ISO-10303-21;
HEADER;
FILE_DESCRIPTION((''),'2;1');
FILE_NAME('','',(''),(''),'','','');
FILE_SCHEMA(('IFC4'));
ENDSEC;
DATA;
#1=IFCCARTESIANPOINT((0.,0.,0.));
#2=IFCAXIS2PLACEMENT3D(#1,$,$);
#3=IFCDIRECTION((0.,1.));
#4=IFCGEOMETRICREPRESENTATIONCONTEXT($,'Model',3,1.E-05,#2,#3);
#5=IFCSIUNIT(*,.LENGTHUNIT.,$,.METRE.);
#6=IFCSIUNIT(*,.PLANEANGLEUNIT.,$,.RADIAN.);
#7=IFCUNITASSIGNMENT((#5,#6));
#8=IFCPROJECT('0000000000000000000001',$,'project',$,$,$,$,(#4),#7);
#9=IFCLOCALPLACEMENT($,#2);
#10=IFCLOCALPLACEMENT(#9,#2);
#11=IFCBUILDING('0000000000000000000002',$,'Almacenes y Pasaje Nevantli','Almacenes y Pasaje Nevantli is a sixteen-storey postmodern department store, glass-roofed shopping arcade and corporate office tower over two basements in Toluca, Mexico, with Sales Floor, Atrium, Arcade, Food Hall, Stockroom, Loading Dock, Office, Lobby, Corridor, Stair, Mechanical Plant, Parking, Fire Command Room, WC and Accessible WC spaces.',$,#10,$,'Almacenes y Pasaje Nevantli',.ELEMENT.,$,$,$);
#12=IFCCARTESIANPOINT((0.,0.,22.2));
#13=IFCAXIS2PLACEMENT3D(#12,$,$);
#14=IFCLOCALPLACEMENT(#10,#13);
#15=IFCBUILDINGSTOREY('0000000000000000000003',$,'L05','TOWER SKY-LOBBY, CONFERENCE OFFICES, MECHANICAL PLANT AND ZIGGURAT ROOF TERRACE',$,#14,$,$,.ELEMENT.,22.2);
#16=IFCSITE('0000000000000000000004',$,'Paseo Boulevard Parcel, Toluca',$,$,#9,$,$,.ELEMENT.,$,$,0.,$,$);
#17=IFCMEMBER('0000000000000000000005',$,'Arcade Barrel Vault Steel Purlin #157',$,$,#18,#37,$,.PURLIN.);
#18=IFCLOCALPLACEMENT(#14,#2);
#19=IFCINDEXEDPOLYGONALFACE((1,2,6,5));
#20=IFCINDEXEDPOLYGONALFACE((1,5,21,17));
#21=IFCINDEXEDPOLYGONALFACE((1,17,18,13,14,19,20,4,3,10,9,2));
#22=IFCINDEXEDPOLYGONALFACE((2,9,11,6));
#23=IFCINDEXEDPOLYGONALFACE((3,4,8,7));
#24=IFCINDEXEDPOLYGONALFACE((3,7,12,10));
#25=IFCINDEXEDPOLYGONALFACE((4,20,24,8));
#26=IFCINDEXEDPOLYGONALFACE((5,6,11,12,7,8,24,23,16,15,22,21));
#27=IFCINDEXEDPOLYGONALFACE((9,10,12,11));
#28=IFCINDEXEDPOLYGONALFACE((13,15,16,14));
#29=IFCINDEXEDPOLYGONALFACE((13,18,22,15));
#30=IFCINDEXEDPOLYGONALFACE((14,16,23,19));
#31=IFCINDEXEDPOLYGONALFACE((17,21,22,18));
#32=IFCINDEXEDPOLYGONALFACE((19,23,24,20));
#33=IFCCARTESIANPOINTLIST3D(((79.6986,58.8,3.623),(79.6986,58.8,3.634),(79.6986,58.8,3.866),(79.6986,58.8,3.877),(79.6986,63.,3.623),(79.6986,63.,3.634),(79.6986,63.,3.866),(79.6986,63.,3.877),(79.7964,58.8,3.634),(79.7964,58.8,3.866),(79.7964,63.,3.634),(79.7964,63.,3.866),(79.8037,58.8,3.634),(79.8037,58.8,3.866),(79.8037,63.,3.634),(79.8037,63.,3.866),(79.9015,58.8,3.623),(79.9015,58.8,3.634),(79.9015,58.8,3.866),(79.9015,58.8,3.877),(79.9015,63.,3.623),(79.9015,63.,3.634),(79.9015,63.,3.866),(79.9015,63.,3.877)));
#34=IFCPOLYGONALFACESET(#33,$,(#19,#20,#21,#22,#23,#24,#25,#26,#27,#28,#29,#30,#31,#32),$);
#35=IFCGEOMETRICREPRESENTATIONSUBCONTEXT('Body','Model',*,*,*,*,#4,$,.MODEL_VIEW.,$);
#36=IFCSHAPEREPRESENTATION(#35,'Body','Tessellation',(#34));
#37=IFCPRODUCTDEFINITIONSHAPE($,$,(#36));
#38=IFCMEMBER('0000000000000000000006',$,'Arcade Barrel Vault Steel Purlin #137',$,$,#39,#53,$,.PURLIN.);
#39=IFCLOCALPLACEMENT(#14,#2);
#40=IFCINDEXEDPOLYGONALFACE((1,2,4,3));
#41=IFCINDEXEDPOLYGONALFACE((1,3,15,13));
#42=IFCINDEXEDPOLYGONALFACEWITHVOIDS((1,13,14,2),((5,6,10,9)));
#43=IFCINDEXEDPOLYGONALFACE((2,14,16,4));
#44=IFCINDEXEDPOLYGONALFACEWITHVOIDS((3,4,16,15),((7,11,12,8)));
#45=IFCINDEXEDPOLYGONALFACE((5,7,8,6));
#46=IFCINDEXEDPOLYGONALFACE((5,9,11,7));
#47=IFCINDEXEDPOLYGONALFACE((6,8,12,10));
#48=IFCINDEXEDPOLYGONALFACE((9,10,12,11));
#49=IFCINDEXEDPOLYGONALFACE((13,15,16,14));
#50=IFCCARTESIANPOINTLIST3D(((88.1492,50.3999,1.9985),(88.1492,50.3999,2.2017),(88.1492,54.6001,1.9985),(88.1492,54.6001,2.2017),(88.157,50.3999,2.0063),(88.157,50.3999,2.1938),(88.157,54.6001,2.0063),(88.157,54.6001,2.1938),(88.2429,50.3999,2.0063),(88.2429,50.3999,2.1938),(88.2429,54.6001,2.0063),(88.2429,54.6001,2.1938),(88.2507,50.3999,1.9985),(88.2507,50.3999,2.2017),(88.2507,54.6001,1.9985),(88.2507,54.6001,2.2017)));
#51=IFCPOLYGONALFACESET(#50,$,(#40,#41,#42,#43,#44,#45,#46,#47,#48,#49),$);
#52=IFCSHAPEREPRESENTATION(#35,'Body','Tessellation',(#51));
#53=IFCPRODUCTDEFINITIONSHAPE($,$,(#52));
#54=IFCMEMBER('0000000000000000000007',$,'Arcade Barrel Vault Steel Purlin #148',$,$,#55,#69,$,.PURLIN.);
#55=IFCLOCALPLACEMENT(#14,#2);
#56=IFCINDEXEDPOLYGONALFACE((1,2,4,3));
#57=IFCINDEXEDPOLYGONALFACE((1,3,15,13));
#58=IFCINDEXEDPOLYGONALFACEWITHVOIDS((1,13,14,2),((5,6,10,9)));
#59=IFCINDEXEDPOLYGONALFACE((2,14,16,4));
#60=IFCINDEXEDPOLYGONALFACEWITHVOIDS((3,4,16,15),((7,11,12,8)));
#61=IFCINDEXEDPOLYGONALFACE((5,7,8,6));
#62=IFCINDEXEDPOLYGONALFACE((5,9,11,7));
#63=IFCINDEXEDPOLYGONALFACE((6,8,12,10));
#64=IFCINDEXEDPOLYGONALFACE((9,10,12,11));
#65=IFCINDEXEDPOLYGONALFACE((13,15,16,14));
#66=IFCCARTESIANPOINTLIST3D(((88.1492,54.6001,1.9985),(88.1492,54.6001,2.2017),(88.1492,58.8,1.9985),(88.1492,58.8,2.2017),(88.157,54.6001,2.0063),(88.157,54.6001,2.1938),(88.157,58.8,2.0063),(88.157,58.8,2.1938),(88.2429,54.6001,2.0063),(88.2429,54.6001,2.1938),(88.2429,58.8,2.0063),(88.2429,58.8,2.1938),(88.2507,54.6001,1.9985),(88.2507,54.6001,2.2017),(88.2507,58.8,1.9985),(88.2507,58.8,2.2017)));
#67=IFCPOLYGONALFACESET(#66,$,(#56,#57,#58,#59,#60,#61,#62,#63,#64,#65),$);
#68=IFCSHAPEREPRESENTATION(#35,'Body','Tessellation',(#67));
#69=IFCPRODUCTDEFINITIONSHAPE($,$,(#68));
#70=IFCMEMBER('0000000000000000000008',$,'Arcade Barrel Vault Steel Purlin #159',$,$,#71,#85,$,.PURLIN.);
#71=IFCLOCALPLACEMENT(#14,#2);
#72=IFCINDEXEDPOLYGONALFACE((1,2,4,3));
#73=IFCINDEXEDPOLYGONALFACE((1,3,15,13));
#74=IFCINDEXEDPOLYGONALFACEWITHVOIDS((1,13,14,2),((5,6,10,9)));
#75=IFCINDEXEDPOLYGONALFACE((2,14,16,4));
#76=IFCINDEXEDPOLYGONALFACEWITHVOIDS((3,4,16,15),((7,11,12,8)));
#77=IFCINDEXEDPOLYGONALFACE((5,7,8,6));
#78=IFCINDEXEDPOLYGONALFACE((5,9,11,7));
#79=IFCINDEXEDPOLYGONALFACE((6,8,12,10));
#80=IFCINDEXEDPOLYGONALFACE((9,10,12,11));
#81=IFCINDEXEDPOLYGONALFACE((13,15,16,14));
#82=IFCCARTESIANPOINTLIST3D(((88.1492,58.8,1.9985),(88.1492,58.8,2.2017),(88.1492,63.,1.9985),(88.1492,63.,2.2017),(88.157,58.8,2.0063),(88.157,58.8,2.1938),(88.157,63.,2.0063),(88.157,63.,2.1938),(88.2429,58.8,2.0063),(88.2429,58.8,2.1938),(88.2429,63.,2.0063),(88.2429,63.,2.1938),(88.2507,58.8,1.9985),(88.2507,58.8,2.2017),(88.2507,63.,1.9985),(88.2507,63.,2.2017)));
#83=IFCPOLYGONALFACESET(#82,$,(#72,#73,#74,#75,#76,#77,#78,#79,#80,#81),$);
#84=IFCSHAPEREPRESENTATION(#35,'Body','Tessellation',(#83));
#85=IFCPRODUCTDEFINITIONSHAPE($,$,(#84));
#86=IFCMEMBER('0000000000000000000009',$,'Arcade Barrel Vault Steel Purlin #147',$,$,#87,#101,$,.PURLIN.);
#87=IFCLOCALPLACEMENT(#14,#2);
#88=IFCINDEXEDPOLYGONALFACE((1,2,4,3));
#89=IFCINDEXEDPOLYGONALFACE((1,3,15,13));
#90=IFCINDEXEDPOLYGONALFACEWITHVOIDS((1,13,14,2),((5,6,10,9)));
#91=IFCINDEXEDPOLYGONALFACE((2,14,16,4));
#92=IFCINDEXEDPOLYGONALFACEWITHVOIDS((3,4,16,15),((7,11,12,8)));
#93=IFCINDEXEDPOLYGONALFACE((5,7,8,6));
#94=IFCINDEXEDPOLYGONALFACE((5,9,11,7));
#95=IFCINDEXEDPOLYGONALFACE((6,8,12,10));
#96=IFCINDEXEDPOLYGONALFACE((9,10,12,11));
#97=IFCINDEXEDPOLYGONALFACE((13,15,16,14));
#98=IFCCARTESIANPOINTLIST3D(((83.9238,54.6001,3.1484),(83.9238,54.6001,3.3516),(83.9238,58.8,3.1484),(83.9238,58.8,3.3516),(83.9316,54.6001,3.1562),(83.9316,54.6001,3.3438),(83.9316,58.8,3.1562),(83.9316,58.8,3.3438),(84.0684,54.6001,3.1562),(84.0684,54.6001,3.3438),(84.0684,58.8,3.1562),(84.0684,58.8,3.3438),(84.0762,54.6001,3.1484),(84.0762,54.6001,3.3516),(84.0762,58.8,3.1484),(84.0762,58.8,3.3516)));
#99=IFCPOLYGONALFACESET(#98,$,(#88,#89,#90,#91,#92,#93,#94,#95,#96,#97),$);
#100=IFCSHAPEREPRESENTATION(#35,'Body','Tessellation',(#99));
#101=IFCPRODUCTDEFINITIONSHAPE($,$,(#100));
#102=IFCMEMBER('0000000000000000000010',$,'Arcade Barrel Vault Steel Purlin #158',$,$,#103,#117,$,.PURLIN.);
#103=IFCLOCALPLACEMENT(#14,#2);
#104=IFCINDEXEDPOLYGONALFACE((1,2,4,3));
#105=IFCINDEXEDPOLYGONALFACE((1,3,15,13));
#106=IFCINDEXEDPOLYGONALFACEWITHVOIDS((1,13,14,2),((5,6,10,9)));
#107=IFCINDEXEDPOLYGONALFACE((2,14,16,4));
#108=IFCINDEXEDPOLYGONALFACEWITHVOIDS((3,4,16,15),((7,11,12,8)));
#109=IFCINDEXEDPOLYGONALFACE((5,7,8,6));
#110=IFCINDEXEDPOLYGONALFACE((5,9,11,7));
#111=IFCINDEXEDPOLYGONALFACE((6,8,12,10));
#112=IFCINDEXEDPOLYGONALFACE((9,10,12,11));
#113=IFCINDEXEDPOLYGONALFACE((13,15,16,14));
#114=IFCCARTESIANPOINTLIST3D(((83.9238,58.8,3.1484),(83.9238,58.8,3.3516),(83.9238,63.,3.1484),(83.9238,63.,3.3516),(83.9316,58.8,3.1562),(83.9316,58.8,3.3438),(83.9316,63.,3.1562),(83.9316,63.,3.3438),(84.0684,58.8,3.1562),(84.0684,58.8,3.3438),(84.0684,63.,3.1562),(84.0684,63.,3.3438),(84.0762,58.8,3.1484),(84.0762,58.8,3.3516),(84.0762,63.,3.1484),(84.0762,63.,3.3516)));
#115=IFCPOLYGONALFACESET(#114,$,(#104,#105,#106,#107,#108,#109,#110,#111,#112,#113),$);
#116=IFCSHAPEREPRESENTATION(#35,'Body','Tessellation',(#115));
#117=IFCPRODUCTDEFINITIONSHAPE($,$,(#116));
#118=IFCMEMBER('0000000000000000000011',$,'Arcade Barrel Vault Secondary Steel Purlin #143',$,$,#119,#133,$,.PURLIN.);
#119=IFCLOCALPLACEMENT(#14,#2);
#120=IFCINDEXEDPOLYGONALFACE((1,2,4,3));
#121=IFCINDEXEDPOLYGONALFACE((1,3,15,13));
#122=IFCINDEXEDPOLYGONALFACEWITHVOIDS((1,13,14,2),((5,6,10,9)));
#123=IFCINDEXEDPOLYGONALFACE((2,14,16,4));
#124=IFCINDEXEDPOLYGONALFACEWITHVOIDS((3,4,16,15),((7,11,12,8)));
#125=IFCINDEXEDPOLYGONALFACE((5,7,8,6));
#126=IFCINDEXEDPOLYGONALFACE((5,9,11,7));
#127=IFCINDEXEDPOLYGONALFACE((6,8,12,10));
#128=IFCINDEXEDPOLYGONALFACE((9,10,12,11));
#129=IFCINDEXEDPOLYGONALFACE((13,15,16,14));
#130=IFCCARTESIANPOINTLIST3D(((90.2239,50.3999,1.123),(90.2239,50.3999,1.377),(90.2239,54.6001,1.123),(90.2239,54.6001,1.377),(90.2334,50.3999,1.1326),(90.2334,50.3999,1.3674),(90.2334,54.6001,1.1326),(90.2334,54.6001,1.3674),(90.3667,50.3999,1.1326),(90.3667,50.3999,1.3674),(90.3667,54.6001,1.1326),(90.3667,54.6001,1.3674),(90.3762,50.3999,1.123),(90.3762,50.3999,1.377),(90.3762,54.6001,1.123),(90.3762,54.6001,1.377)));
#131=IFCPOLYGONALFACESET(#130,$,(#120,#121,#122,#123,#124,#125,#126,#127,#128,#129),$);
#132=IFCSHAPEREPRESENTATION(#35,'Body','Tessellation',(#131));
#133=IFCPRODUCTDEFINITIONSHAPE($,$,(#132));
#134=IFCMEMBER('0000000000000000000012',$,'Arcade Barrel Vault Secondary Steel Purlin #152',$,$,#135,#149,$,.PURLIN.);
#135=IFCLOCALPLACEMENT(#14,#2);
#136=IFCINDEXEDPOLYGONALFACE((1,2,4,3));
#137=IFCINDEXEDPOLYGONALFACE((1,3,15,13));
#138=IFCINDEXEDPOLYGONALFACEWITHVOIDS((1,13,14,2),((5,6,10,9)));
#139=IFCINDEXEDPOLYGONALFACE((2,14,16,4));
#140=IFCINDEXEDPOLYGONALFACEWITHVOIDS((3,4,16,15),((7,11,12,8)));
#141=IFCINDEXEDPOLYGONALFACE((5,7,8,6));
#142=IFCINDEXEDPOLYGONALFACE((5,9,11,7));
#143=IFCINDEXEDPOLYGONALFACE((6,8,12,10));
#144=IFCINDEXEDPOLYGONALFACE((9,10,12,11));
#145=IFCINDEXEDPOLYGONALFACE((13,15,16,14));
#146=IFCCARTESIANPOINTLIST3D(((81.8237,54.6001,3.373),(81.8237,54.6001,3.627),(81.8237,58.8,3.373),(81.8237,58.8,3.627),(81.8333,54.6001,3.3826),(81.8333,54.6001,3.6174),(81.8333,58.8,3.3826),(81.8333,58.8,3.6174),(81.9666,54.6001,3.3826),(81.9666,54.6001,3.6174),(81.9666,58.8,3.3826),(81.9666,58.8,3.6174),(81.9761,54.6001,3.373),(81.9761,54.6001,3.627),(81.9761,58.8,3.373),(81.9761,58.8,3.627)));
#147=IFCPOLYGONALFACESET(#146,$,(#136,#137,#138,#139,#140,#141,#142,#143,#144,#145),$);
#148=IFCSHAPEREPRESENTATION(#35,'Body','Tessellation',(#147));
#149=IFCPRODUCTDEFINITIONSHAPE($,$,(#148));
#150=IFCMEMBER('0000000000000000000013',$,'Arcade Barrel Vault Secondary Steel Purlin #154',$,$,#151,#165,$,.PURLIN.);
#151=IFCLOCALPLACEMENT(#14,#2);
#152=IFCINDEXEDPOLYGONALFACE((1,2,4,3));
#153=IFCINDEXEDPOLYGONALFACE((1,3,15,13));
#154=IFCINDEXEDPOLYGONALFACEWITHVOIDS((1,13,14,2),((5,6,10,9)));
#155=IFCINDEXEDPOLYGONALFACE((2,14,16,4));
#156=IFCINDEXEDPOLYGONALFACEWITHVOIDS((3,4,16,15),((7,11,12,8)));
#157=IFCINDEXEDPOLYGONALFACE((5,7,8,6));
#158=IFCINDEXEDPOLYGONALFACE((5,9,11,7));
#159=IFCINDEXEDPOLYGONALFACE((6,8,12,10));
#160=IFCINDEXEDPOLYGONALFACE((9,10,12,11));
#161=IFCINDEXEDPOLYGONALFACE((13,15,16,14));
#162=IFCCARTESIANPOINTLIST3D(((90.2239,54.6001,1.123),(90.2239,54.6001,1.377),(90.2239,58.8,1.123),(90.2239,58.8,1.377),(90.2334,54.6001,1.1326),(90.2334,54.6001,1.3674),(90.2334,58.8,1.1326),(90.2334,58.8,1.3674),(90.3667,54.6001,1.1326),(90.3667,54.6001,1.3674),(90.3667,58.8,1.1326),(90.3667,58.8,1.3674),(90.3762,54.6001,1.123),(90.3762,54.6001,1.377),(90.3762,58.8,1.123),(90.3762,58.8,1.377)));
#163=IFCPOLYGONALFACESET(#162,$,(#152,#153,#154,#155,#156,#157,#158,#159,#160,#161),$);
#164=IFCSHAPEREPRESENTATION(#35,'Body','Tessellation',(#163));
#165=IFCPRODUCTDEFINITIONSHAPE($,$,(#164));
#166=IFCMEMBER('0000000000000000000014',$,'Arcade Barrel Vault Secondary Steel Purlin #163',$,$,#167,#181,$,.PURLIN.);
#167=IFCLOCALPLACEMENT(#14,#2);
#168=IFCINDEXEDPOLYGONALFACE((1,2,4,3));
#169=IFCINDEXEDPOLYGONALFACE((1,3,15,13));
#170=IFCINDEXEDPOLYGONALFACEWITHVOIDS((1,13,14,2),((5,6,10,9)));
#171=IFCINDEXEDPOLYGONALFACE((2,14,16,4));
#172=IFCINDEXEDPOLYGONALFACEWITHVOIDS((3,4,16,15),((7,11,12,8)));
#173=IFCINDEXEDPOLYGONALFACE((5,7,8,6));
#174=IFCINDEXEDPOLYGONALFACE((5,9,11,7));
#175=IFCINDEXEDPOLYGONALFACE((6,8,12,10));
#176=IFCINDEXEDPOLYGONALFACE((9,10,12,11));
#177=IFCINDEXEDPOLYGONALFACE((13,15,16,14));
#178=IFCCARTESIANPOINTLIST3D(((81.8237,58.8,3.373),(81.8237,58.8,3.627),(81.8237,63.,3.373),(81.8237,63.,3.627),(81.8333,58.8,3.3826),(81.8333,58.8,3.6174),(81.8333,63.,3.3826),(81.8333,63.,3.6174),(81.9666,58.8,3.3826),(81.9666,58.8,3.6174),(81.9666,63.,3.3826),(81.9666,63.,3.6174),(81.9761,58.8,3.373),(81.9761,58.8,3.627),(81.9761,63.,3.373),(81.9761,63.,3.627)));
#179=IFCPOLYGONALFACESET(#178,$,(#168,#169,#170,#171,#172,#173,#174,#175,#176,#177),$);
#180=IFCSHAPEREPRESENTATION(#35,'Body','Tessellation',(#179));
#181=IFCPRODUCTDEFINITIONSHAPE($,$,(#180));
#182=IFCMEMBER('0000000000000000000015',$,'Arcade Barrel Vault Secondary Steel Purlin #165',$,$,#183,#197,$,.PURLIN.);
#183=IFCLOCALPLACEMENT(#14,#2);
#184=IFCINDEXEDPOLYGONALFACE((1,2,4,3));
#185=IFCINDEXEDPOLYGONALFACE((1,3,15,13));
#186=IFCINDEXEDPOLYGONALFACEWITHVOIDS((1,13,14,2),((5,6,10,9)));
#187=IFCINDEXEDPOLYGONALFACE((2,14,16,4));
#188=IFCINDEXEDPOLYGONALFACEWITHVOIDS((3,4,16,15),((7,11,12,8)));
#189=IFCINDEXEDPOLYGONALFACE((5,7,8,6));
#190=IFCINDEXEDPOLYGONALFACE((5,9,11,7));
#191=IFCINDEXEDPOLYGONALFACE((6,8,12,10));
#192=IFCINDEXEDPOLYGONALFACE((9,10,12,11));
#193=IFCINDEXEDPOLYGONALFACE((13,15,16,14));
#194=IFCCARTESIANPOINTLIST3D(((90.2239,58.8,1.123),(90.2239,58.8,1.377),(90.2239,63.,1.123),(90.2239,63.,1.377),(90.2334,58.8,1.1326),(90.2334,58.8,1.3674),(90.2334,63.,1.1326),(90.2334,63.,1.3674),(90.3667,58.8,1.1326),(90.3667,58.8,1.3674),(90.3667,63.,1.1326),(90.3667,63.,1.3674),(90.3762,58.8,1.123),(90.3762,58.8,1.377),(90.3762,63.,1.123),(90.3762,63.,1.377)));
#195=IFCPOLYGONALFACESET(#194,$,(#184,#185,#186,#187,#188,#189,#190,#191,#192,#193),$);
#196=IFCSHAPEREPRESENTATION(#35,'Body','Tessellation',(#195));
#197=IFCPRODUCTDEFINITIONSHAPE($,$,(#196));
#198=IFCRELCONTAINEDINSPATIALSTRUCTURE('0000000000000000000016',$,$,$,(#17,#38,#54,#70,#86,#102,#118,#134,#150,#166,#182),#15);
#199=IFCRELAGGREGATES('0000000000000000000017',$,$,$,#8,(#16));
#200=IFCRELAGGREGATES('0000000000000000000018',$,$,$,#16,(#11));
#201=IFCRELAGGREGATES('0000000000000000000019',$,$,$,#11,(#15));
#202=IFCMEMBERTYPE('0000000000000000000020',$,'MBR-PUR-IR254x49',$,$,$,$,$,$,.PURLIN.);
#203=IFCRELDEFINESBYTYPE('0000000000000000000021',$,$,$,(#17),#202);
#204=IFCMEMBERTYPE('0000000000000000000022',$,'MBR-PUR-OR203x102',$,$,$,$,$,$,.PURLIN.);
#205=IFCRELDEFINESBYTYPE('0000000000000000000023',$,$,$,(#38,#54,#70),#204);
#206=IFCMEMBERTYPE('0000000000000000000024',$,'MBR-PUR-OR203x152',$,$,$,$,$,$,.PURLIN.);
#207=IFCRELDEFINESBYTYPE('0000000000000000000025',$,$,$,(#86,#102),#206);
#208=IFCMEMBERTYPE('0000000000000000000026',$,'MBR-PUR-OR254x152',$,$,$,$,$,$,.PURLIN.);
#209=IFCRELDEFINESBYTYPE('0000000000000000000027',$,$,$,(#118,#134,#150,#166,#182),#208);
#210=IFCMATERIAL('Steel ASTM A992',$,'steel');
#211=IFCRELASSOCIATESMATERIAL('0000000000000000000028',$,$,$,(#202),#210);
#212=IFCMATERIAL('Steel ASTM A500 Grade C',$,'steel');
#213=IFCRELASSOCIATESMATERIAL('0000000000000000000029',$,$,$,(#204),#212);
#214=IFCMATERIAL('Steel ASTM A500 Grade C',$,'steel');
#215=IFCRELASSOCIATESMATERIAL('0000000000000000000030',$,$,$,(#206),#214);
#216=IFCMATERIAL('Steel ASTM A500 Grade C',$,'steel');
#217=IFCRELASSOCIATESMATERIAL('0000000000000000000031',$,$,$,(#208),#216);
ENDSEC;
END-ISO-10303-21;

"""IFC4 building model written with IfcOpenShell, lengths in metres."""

from ifc_helpers import new_model, si_unit, direction, frame, origin, origin_2d, place, context, subcontext, project, spatial, hollow_rectangle, i_section, extrude, material, material_profile, profile_set, type_object, element, save


model = new_model("IFC4")

# Units and contexts
model_context = context("Model", 3, precision=1e-05, world=origin(), true_north=direction((0.0, 1.0)))
body_context = subcontext(model_context, "Body", "Model", "MODEL_VIEW")
ifc_project = project(units=[si_unit("LENGTHUNIT", "METRE"), si_unit("PLANEANGLEUNIT", "RADIAN")], contexts=[model_context])

# Site, building, storey
site_placement = place(None, origin())
site = spatial("IfcSite", under=ifc_project, at=site_placement, Name="Paseo Boulevard Parcel, Toluca", CompositionType="ELEMENT", RefElevation=0.0)
building_placement = place(site_placement, origin())
building = spatial("IfcBuilding", under=site, at=building_placement, Name="Almacenes y Pasaje Nevantli", Description="Almacenes y Pasaje Nevantli is a sixteen-storey postmodern department store, glass-roofed shopping arcade and corporate office tower over two basements in Toluca, Mexico, with Sales Floor, Atrium, Arcade, Food Hall, Stockroom, Loading Dock, Office, Lobby, Corridor, Stair, Mechanical Plant, Parking, Fire Command Room, WC and Accessible WC spaces.", LongName="Almacenes y Pasaje Nevantli", CompositionType="ELEMENT")
storey_placement = place(building_placement, frame((0.0, 0.0, 22.2)))
storey = spatial("IfcBuildingStorey", under=building, at=storey_placement, Name="L05", Description="TOWER SKY-LOBBY, CONFERENCE OFFICES, MECHANICAL PLANT AND ZIGGURAT ROOF TERRACE", CompositionType="ELEMENT", Elevation=22.2)

# Members
ifc_material_1 = material(Name="Steel ASTM A992", Category="steel")
ifc_material_profile_1 = material_profile(ifc_material_1, i_section(OverallWidth=0.2029, OverallDepth=0.2539, WebThickness=0.0073, FlangeThickness=0.011, at=origin_2d()), Name="IR 254x49.1")
ifc_profile_set_1 = profile_set([ifc_material_profile_1], Name="Steel ASTM A992")
member_type_1 = type_object("IfcMemberType", Name="MBR-PUR-IR254x49", PredefinedType="PURLIN", material=ifc_profile_set_1)
for number, where, z_axis, x_axis, name in (
    (1, (79.8, 58.8, 3.75), (0.0, 1.0, 0.0), (-1.0, 0.0, 0.0), "Arcade Barrel Vault Steel Purlin #157"),
):
    element("IfcMember", number, at=place(storey_placement, frame(where, z_axis=z_axis, x_axis=x_axis)), inside=storey, type_object=member_type_1, Name=name, PredefinedType="PURLIN", context=body_context, shape_type="SweptSolid", body=[
        extrude(i_section(OverallWidth=0.2029, OverallDepth=0.2539, WebThickness=0.0073, FlangeThickness=0.011, at=origin_2d()), origin(), (0.0, 0.0, 1.0), 4.2),
    ])
ifc_material_2 = material(Name="Steel ASTM A500 Grade C", Category="steel")
ifc_material_profile_2 = material_profile(ifc_material_2, hollow_rectangle(XDim=0.1016, YDim=0.2031, WallThickness=0.0078, at=origin_2d()), Name="OR 203x102x7.9")
ifc_profile_set_2 = profile_set([ifc_material_profile_2], Name="Steel ASTM A500 Grade C")
member_type_2 = type_object("IfcMemberType", Name="MBR-PUR-OR203x102", PredefinedType="PURLIN", material=ifc_profile_set_2)
member_1_placement = place(storey_placement, frame((88.2, 50.3999, 2.1001), z_axis=(0.0, 1.0, 0.0), x_axis=(-1.0, 0.0, 0.0)))
element("IfcMember", 2, at=member_1_placement, inside=storey, type_object=member_type_2, Name="Arcade Barrel Vault Steel Purlin #137", PredefinedType="PURLIN", context=body_context, shape_type="SweptSolid", body=[
    extrude(hollow_rectangle(XDim=0.1016, YDim=0.2031, WallThickness=0.0078, at=origin_2d()), origin(), (0.0, 0.0, 1.0), 4.2002),
])
for number, where, z_axis, x_axis, name in (
    (3, (88.2, 54.6001, 2.1001), (0.0, 1.0, 0.0), (-1.0, 0.0, 0.0), "Arcade Barrel Vault Steel Purlin #148"),
    (4, (88.2, 58.8, 2.1001), (0.0, 1.0, 0.0), (-1.0, 0.0, 0.0), "Arcade Barrel Vault Steel Purlin #159"),
):
    element("IfcMember", number, at=place(storey_placement, frame(where, z_axis=z_axis, x_axis=x_axis)), inside=storey, type_object=member_type_2, Name=name, PredefinedType="PURLIN", context=body_context, shape_type="SweptSolid", body=[
        extrude(hollow_rectangle(XDim=0.1016, YDim=0.2031, WallThickness=0.0078, at=origin_2d()), origin(), (0.0, 0.0, 1.0), 4.2),
    ])
ifc_material_3 = material(Name="Steel ASTM A500 Grade C", Category="steel")
ifc_material_profile_3 = material_profile(ifc_material_3, hollow_rectangle(XDim=0.1523, YDim=0.2031, WallThickness=0.0078, at=origin_2d()), Name="OR 203x152x7.9")
ifc_profile_set_3 = profile_set([ifc_material_profile_3], Name="Steel ASTM A500 Grade C")
member_type_3 = type_object("IfcMemberType", Name="MBR-PUR-OR203x152", PredefinedType="PURLIN", material=ifc_profile_set_3)
for number, where, z_axis, x_axis, name in (
    (5, (84.0, 54.6001, 3.25), (0.0, 1.0, 0.0), (-1.0, 0.0, 0.0), "Arcade Barrel Vault Steel Purlin #147"),
    (6, (84.0, 58.8, 3.25), (0.0, 1.0, 0.0), (-1.0, 0.0, 0.0), "Arcade Barrel Vault Steel Purlin #158"),
):
    element("IfcMember", number, at=place(storey_placement, frame(where, z_axis=z_axis, x_axis=x_axis)), inside=storey, type_object=member_type_3, Name=name, PredefinedType="PURLIN", context=body_context, shape_type="SweptSolid", body=[
        extrude(hollow_rectangle(XDim=0.1523, YDim=0.2031, WallThickness=0.0078, at=origin_2d()), origin(), (0.0, 0.0, 1.0), 4.2),
    ])
ifc_material_4 = material(Name="Steel ASTM A500 Grade C", Category="steel")
ifc_material_profile_4 = material_profile(ifc_material_4, hollow_rectangle(XDim=0.1523, YDim=0.2539, WallThickness=0.0095, at=origin_2d()), Name="OR 254x152x9.5")
ifc_profile_set_4 = profile_set([ifc_material_profile_4], Name="Steel ASTM A500 Grade C")
member_type_4 = type_object("IfcMemberType", Name="MBR-PUR-OR254x152", PredefinedType="PURLIN", material=ifc_profile_set_4)
member_2_placement = place(storey_placement, frame((90.3, 50.3999, 1.25), z_axis=(0.0, 1.0, 0.0), x_axis=(-1.0, 0.0, 0.0)))
element("IfcMember", 7, at=member_2_placement, inside=storey, type_object=member_type_4, Name="Arcade Barrel Vault Secondary Steel Purlin #143", PredefinedType="PURLIN", context=body_context, shape_type="SweptSolid", body=[
    extrude(hollow_rectangle(XDim=0.1523, YDim=0.2539, WallThickness=0.0095, at=origin_2d()), origin(), (0.0, 0.0, 1.0), 4.2002),
])
for number, where, z_axis, x_axis, name in (
    (8, (81.8999, 54.6001, 3.5), (0.0, 1.0, 0.0), (-1.0, 0.0, 0.0), "Arcade Barrel Vault Secondary Steel Purlin #152"),
    (9, (90.3, 54.6001, 1.25), (0.0, 1.0, 0.0), (-1.0, 0.0, 0.0), "Arcade Barrel Vault Secondary Steel Purlin #154"),
    (10, (81.8999, 58.8, 3.5), (0.0, 1.0, 0.0), (-1.0, 0.0, 0.0), "Arcade Barrel Vault Secondary Steel Purlin #163"),
    (11, (90.3, 58.8, 1.25), (0.0, 1.0, 0.0), (-1.0, 0.0, 0.0), "Arcade Barrel Vault Secondary Steel Purlin #165"),
):
    element("IfcMember", number, at=place(storey_placement, frame(where, z_axis=z_axis, x_axis=x_axis)), inside=storey, type_object=member_type_4, Name=name, PredefinedType="PURLIN", context=body_context, shape_type="SweptSolid", body=[
        extrude(hollow_rectangle(XDim=0.1523, YDim=0.2539, WallThickness=0.0095, at=origin_2d()), origin(), (0.0, 0.0, 1.0), 4.2),
    ])

save(model, "model.ifc")
